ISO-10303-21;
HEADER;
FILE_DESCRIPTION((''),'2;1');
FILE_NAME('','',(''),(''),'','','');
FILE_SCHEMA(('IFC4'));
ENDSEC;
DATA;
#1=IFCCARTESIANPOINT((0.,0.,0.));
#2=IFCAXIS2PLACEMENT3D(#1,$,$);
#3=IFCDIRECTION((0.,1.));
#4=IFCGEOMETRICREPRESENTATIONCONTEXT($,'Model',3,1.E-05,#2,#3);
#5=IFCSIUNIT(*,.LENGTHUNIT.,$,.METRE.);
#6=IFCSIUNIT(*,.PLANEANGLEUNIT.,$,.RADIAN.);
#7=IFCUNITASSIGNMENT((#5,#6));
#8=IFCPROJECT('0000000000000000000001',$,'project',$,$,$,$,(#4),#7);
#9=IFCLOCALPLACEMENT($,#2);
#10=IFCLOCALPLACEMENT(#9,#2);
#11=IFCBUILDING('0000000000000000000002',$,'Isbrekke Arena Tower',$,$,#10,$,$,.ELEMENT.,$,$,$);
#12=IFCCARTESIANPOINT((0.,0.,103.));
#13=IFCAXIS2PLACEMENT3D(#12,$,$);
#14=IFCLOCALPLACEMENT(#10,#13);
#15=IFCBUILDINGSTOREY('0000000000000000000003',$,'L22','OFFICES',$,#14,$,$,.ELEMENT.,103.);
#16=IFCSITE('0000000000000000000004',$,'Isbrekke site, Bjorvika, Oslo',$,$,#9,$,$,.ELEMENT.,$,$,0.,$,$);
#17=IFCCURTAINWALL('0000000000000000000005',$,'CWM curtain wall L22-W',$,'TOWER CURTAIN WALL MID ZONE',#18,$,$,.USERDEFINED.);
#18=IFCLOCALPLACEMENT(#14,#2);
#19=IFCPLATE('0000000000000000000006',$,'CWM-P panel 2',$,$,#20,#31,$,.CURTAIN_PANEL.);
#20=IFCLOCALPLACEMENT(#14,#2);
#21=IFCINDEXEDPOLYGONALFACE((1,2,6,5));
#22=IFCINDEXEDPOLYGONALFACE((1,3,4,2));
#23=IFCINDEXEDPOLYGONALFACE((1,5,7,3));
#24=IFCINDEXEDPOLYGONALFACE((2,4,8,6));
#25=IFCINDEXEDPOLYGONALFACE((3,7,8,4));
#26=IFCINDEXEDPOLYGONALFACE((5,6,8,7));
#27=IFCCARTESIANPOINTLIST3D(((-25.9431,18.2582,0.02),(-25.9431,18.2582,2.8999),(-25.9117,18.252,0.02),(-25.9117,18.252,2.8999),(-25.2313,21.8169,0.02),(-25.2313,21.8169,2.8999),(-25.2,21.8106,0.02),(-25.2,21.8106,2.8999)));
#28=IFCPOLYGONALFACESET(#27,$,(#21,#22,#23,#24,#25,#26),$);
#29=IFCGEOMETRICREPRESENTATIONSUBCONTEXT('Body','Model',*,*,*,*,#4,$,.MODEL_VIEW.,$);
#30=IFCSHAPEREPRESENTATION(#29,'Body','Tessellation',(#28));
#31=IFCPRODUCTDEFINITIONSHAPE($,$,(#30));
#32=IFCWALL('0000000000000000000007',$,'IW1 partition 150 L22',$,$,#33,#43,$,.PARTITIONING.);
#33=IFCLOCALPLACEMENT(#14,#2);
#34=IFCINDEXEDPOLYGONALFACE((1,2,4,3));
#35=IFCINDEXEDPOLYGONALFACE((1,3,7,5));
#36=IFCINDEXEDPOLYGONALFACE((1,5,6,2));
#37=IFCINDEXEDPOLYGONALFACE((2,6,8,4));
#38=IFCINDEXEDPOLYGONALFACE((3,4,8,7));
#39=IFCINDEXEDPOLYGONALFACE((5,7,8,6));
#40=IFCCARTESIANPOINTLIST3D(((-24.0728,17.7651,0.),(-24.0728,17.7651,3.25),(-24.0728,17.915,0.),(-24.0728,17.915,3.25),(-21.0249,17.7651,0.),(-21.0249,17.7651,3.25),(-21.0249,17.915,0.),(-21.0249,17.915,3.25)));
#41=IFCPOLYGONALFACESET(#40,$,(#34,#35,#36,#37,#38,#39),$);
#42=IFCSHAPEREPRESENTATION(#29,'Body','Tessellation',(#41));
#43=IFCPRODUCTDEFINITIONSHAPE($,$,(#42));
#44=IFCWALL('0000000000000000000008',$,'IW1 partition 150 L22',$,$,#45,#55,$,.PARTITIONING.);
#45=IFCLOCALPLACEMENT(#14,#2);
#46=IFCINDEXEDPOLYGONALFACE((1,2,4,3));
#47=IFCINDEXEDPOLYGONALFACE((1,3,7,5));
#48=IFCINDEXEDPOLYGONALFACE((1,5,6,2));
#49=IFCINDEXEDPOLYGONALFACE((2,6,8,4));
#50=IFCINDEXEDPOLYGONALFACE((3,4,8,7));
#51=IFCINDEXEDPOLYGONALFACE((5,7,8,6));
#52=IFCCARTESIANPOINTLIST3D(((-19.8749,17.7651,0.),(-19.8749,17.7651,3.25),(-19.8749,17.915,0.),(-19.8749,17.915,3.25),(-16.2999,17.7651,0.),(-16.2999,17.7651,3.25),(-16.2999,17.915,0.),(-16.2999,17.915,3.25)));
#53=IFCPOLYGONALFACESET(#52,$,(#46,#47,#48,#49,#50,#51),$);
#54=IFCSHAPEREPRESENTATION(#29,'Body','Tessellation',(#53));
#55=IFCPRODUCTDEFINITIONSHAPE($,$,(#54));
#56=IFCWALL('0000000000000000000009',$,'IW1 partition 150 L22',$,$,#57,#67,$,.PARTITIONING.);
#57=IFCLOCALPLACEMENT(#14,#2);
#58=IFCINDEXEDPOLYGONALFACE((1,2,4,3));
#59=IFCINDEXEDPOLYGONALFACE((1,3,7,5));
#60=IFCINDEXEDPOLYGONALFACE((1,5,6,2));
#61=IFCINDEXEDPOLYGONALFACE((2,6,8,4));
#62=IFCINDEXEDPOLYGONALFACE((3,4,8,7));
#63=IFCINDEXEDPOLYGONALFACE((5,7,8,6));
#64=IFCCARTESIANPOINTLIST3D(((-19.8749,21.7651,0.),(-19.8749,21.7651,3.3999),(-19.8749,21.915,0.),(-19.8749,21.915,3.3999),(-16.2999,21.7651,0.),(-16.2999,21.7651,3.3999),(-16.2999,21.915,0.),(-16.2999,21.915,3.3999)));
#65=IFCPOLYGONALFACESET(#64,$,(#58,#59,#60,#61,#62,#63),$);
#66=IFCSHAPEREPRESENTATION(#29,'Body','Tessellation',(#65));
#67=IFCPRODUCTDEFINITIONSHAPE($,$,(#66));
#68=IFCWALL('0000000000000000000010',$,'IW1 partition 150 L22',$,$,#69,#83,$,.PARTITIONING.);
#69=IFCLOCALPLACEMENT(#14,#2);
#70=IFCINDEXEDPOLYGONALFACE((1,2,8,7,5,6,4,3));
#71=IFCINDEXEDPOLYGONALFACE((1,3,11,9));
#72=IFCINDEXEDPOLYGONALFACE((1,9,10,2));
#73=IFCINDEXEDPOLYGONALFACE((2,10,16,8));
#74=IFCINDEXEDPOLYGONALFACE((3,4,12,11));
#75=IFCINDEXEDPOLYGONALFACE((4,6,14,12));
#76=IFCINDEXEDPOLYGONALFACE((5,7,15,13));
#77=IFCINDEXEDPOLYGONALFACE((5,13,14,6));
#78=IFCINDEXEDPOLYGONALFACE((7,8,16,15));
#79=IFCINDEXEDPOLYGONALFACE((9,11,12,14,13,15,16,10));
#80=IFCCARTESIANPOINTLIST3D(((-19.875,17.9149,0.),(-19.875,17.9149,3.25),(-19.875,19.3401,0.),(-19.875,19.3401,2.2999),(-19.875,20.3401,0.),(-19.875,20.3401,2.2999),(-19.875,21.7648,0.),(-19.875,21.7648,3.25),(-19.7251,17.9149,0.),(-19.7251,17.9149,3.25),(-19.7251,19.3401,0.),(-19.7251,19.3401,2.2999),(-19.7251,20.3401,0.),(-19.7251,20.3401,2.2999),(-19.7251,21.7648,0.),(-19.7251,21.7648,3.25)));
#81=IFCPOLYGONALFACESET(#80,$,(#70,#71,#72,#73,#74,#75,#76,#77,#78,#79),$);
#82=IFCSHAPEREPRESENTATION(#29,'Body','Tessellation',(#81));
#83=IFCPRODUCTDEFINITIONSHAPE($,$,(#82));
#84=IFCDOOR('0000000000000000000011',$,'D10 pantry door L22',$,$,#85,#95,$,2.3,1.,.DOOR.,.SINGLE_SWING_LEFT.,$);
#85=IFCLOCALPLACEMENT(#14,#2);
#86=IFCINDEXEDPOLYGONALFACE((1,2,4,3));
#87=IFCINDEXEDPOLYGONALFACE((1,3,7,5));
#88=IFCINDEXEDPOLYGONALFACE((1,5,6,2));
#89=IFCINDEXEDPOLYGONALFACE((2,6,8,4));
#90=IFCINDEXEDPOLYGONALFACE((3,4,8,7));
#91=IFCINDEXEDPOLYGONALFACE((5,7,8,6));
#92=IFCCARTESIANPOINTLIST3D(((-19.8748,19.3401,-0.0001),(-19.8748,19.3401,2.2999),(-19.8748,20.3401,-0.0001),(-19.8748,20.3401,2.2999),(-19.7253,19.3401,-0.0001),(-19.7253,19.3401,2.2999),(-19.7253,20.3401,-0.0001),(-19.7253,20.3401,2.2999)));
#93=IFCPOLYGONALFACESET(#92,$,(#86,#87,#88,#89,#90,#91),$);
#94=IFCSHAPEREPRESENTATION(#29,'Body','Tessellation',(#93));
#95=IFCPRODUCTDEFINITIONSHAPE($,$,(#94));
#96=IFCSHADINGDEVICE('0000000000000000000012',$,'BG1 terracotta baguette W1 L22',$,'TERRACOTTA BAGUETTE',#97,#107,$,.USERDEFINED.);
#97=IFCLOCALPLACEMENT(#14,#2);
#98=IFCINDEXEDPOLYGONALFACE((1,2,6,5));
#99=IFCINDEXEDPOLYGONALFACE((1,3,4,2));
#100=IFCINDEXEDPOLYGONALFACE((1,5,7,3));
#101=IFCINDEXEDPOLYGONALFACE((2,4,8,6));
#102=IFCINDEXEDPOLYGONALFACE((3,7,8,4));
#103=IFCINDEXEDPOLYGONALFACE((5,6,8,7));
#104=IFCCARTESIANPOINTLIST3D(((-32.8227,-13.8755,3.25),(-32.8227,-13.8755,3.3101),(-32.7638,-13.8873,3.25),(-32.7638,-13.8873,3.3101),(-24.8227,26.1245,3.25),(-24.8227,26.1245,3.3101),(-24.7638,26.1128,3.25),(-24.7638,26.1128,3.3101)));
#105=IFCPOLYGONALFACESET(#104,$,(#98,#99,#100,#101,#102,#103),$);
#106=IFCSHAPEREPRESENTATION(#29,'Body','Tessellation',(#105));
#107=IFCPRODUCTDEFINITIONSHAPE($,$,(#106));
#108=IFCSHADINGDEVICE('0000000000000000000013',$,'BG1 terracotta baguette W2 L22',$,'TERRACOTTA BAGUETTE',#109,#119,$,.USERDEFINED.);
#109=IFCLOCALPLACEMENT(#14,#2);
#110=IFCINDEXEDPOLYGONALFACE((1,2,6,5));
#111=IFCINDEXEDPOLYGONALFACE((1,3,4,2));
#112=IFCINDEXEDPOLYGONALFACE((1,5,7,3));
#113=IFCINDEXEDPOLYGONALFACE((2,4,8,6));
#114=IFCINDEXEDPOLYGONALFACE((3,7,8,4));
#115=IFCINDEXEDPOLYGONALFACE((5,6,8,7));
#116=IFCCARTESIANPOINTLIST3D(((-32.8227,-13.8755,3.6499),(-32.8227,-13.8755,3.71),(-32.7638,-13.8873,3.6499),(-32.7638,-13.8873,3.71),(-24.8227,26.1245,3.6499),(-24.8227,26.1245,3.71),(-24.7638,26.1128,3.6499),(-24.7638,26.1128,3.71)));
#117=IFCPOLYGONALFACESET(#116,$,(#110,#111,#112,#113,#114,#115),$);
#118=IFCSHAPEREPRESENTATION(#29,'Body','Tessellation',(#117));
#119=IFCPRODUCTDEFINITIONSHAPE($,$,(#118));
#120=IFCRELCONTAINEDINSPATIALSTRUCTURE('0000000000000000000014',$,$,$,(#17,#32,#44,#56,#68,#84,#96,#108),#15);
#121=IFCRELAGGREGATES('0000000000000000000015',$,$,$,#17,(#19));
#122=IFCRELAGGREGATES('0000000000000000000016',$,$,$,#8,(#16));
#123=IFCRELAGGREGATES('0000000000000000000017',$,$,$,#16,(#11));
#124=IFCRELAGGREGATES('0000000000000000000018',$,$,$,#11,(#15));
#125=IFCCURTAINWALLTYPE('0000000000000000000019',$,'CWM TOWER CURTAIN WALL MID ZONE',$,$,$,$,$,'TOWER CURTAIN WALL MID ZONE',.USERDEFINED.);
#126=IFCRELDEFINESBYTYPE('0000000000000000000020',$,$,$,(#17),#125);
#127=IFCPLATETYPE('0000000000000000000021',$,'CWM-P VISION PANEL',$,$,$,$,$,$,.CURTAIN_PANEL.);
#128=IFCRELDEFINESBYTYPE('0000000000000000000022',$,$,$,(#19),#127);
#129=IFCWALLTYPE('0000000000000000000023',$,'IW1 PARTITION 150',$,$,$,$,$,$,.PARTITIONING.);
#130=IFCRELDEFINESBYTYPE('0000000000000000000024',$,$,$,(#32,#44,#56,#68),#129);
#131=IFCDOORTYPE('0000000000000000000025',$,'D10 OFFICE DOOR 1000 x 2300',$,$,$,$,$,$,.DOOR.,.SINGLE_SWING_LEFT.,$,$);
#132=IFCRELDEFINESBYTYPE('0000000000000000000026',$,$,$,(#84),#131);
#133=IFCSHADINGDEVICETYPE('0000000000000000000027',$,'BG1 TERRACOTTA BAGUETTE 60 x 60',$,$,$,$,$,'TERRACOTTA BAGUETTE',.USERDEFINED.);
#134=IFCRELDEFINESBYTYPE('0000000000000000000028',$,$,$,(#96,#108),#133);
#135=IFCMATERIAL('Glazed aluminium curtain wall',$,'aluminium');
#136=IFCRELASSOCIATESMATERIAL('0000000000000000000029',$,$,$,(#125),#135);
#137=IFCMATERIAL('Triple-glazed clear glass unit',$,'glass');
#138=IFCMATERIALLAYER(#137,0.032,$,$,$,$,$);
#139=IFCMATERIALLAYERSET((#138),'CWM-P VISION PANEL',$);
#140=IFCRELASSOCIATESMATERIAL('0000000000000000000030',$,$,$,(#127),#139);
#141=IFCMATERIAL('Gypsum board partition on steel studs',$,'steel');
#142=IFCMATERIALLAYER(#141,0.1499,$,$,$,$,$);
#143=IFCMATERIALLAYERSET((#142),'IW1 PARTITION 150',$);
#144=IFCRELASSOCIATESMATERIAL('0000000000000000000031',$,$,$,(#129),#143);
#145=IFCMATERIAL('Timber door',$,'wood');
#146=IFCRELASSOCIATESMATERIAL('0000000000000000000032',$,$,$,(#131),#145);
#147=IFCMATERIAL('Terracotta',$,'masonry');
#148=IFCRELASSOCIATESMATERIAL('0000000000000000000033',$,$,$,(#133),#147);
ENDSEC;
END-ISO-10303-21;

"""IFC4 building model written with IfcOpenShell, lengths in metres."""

from ifc_helpers import new_model, si_unit, direction, frame, frame_2d, origin, origin_2d, place, context, subcontext, project, spatial, rectangle, extrude, material, layer, layer_set, material_profile, profile_set, type_object, element, fill, aggregate, save


model = new_model("IFC4")

# Units and contexts
model_context = context("Model", 3, precision=1e-05, world=origin(), true_north=direction((0.0, 1.0)))
body_context = subcontext(model_context, "Body", "Model", "MODEL_VIEW")
ifc_project = project(units=[si_unit("LENGTHUNIT", "METRE"), si_unit("PLANEANGLEUNIT", "RADIAN")], contexts=[model_context])

# Site, building, storey
site_placement = place(None, origin())
site = spatial("IfcSite", under=ifc_project, at=site_placement, Name="Isbrekke site, Bjorvika, Oslo", CompositionType="ELEMENT", RefElevation=0.0)
building_placement = place(site_placement, origin())
building = spatial("IfcBuilding", under=site, at=building_placement, Name="Isbrekke Arena Tower", CompositionType="ELEMENT")
storey_placement = place(building_placement, frame((0.0, 0.0, 103.0)))
storey = spatial("IfcBuildingStorey", under=building, at=storey_placement, Name="L22", Description="OFFICES", CompositionType="ELEMENT", Elevation=103.0)

# Shared definitions
ifc_material_1 = material(Name="Glazed aluminium curtain wall", Category="aluminium")
curtain_wall_type = type_object("IfcCurtainWallType", Name="CWM TOWER CURTAIN WALL MID ZONE", ElementType="TOWER CURTAIN WALL MID ZONE", PredefinedType="USERDEFINED", material=ifc_material_1)

# Curtain wall
curtain_wall_1_placement = place(storey_placement, origin())
curtain_wall_1 = element("IfcCurtainWall", 1, at=curtain_wall_1_placement, inside=storey, type_object=curtain_wall_type, Name="CWM curtain wall L22-W", ObjectType="TOWER CURTAIN WALL MID ZONE", PredefinedType="USERDEFINED")

# Plate
ifc_material_2 = material(Name="Triple-glazed clear glass unit", Category="glass")
ifc_layer_1 = layer(ifc_material_2, 0.032)
ifc_layer_set_1 = layer_set([ifc_layer_1], Name="CWM-P VISION PANEL")
plate_type = type_object("IfcPlateType", Name="CWM-P VISION PANEL", PredefinedType="CURTAIN_PANEL", material=ifc_layer_set_1)
plate_1_placement = place(storey_placement, frame((-25.5715, 20.0344, 0.02), z_axis=(0.0, 0.0, 1.0), x_axis=(-0.196116, -0.980581, 0.0)))
plate_1 = element("IfcPlate", 2, at=plate_1_placement, type_object=plate_type, Name="CWM-P panel 2", PredefinedType="CURTAIN_PANEL", context=body_context, shape_type="SweptSolid", body=[
    extrude(rectangle(XDim=3.6292, YDim=0.032, at=origin_2d()), origin(), (0.0, 0.0, 1.0), 2.8799),
])
aggregate(curtain_wall_1, [plate_1])

# Walls
ifc_material_3 = material(Name="Gypsum board partition on steel studs", Category="steel")
ifc_layer_2 = layer(ifc_material_3, 0.1499)
ifc_layer_set_2 = layer_set([ifc_layer_2], Name="IW1 PARTITION 150")
wall_type = type_object("IfcWallType", Name="IW1 PARTITION 150", PredefinedType="PARTITIONING", material=ifc_layer_set_2)
wall_1_placement = place(storey_placement, frame((-24.0728, 17.8401, 0.0), z_axis=(0.0, 0.0, 1.0), x_axis=(1.0, 0.0, 0.0)))
element("IfcWall", 3, at=wall_1_placement, inside=storey, type_object=wall_type, Name="IW1 partition 150 L22", PredefinedType="PARTITIONING", context=body_context, shape_type="SweptSolid", body=[
    extrude(rectangle(XDim=3.0479, YDim=0.1499, at=frame_2d((1.5239, 0.0))), origin(), (0.0, 0.0, 1.0), 3.25),
])
wall_2_placement = place(storey_placement, frame((-19.875, 17.8401, 0.0), z_axis=(0.0, 0.0, 1.0), x_axis=(1.0, 0.0, 0.0)))
element("IfcWall", 4, at=wall_2_placement, inside=storey, type_object=wall_type, Name="IW1 partition 150 L22", PredefinedType="PARTITIONING", context=body_context, shape_type="SweptSolid", body=[
    extrude(rectangle(XDim=3.575, YDim=0.1499, at=frame_2d((1.7876, 0.0))), origin(), (0.0, 0.0, 1.0), 3.25),
])
wall_3_placement = place(storey_placement, frame((-19.875, 21.8401, 0.0), z_axis=(0.0, 0.0, 1.0), x_axis=(1.0, 0.0, 0.0)))
element("IfcWall", 5, at=wall_3_placement, inside=storey, type_object=wall_type, Name="IW1 partition 150 L22", PredefinedType="PARTITIONING", context=body_context, shape_type="SweptSolid", body=[
    extrude(rectangle(XDim=3.575, YDim=0.1499, at=frame_2d((1.7876, 0.0))), origin(), (0.0, 0.0, 1.0), 3.3999),
])

# Wall, opening, door
wall_4_placement = place(storey_placement, frame((-19.8, 17.915, 0.0), z_axis=(0.0, 0.0, 1.0), x_axis=(0.0, 1.0, 0.0)))
wall_4 = element("IfcWall", 6, at=wall_4_placement, inside=storey, type_object=wall_type, Name="IW1 partition 150 L22", PredefinedType="PARTITIONING", context=body_context, shape_type="SweptSolid", body=[
    extrude(rectangle(XDim=3.8499, YDim=0.1499, at=frame_2d((1.9248, 0.0))), origin(), (0.0, 0.0, 1.0), 3.25),
])
opening_placement = place(wall_4_placement, frame((1.425, 0.0, 0.0)))
opening = element("IfcOpeningElement", 7, at=opening_placement, cuts=wall_4, PredefinedType="OPENING", context=body_context, shape_type="SweptSolid", body=[
    extrude(rectangle(XDim=1.0, YDim=2.3, at=frame_2d((0.5, 1.1499))), frame((0.0, 0.0898, 0.0), z_axis=(0.0, -1.0, 0.0), x_axis=(1.0, 0.0, 0.0)), (0.0, 0.0, 1.0), 0.1797),
])
ifc_material_4 = material(Name="Timber door", Category="wood")
door_type = type_object("IfcDoorType", Name="D10 OFFICE DOOR 1000 x 2300", OperationType="SINGLE_SWING_LEFT", PredefinedType="DOOR", material=ifc_material_4)
door_placement = place(opening_placement, origin())
door = element("IfcDoor", 8, at=door_placement, inside=storey, type_object=door_type, Name="D10 pantry door L22", OperationType="SINGLE_SWING_LEFT", OverallHeight=2.3, OverallWidth=1.0, PredefinedType="DOOR", context=body_context, shape_type="SweptSolid", body=[
    extrude(rectangle(XDim=1.0, YDim=2.3, at=frame_2d((0.5, 1.1499))), frame((0.0, 0.0747, 0.0), z_axis=(0.0, -1.0, 0.0), x_axis=(1.0, 0.0, 0.0)), (0.0, 0.0, 1.0), 0.1494),
])
fill(opening, door)

# Shading devices
ifc_material_5 = material(Name="Terracotta", Category="masonry")
ifc_material_profile_1 = material_profile(ifc_material_5, rectangle(XDim=0.0601, YDim=0.0601, at=origin_2d()), Name="BAGUETTE 60X60")
ifc_profile_set_1 = profile_set([ifc_material_profile_1], Name="Terracotta")
shading_device_type = type_object("IfcShadingDeviceType", Name="BG1 TERRACOTTA BAGUETTE 60 x 60", ElementType="TERRACOTTA BAGUETTE", PredefinedType="USERDEFINED", material=ifc_profile_set_1)
for number, where, z_axis, x_axis, name in (
    (9, (-24.7932, 26.1187, 3.28), (-0.196116, -0.980581, 0.0), (0.980581, -0.196116, 0.0), "BG1 terracotta baguette W1 L22"),
    (10, (-24.7932, 26.1187, 3.6799), (-0.196116, -0.980581, 0.0), (0.980581, -0.196116, 0.0), "BG1 terracotta baguette W2 L22"),
):
    element("IfcShadingDevice", number, at=place(storey_placement, frame(where, z_axis=z_axis, x_axis=x_axis)), inside=storey, type_object=shading_device_type, Name=name, ObjectType="TERRACOTTA BAGUETTE", PredefinedType="USERDEFINED", context=body_context, shape_type="SweptSolid", body=[
        extrude(rectangle(XDim=0.0601, YDim=0.0601, at=origin_2d()), origin(), (0.0, 0.0, 1.0), 40.7922),
    ])

save(model, "model.ifc")
